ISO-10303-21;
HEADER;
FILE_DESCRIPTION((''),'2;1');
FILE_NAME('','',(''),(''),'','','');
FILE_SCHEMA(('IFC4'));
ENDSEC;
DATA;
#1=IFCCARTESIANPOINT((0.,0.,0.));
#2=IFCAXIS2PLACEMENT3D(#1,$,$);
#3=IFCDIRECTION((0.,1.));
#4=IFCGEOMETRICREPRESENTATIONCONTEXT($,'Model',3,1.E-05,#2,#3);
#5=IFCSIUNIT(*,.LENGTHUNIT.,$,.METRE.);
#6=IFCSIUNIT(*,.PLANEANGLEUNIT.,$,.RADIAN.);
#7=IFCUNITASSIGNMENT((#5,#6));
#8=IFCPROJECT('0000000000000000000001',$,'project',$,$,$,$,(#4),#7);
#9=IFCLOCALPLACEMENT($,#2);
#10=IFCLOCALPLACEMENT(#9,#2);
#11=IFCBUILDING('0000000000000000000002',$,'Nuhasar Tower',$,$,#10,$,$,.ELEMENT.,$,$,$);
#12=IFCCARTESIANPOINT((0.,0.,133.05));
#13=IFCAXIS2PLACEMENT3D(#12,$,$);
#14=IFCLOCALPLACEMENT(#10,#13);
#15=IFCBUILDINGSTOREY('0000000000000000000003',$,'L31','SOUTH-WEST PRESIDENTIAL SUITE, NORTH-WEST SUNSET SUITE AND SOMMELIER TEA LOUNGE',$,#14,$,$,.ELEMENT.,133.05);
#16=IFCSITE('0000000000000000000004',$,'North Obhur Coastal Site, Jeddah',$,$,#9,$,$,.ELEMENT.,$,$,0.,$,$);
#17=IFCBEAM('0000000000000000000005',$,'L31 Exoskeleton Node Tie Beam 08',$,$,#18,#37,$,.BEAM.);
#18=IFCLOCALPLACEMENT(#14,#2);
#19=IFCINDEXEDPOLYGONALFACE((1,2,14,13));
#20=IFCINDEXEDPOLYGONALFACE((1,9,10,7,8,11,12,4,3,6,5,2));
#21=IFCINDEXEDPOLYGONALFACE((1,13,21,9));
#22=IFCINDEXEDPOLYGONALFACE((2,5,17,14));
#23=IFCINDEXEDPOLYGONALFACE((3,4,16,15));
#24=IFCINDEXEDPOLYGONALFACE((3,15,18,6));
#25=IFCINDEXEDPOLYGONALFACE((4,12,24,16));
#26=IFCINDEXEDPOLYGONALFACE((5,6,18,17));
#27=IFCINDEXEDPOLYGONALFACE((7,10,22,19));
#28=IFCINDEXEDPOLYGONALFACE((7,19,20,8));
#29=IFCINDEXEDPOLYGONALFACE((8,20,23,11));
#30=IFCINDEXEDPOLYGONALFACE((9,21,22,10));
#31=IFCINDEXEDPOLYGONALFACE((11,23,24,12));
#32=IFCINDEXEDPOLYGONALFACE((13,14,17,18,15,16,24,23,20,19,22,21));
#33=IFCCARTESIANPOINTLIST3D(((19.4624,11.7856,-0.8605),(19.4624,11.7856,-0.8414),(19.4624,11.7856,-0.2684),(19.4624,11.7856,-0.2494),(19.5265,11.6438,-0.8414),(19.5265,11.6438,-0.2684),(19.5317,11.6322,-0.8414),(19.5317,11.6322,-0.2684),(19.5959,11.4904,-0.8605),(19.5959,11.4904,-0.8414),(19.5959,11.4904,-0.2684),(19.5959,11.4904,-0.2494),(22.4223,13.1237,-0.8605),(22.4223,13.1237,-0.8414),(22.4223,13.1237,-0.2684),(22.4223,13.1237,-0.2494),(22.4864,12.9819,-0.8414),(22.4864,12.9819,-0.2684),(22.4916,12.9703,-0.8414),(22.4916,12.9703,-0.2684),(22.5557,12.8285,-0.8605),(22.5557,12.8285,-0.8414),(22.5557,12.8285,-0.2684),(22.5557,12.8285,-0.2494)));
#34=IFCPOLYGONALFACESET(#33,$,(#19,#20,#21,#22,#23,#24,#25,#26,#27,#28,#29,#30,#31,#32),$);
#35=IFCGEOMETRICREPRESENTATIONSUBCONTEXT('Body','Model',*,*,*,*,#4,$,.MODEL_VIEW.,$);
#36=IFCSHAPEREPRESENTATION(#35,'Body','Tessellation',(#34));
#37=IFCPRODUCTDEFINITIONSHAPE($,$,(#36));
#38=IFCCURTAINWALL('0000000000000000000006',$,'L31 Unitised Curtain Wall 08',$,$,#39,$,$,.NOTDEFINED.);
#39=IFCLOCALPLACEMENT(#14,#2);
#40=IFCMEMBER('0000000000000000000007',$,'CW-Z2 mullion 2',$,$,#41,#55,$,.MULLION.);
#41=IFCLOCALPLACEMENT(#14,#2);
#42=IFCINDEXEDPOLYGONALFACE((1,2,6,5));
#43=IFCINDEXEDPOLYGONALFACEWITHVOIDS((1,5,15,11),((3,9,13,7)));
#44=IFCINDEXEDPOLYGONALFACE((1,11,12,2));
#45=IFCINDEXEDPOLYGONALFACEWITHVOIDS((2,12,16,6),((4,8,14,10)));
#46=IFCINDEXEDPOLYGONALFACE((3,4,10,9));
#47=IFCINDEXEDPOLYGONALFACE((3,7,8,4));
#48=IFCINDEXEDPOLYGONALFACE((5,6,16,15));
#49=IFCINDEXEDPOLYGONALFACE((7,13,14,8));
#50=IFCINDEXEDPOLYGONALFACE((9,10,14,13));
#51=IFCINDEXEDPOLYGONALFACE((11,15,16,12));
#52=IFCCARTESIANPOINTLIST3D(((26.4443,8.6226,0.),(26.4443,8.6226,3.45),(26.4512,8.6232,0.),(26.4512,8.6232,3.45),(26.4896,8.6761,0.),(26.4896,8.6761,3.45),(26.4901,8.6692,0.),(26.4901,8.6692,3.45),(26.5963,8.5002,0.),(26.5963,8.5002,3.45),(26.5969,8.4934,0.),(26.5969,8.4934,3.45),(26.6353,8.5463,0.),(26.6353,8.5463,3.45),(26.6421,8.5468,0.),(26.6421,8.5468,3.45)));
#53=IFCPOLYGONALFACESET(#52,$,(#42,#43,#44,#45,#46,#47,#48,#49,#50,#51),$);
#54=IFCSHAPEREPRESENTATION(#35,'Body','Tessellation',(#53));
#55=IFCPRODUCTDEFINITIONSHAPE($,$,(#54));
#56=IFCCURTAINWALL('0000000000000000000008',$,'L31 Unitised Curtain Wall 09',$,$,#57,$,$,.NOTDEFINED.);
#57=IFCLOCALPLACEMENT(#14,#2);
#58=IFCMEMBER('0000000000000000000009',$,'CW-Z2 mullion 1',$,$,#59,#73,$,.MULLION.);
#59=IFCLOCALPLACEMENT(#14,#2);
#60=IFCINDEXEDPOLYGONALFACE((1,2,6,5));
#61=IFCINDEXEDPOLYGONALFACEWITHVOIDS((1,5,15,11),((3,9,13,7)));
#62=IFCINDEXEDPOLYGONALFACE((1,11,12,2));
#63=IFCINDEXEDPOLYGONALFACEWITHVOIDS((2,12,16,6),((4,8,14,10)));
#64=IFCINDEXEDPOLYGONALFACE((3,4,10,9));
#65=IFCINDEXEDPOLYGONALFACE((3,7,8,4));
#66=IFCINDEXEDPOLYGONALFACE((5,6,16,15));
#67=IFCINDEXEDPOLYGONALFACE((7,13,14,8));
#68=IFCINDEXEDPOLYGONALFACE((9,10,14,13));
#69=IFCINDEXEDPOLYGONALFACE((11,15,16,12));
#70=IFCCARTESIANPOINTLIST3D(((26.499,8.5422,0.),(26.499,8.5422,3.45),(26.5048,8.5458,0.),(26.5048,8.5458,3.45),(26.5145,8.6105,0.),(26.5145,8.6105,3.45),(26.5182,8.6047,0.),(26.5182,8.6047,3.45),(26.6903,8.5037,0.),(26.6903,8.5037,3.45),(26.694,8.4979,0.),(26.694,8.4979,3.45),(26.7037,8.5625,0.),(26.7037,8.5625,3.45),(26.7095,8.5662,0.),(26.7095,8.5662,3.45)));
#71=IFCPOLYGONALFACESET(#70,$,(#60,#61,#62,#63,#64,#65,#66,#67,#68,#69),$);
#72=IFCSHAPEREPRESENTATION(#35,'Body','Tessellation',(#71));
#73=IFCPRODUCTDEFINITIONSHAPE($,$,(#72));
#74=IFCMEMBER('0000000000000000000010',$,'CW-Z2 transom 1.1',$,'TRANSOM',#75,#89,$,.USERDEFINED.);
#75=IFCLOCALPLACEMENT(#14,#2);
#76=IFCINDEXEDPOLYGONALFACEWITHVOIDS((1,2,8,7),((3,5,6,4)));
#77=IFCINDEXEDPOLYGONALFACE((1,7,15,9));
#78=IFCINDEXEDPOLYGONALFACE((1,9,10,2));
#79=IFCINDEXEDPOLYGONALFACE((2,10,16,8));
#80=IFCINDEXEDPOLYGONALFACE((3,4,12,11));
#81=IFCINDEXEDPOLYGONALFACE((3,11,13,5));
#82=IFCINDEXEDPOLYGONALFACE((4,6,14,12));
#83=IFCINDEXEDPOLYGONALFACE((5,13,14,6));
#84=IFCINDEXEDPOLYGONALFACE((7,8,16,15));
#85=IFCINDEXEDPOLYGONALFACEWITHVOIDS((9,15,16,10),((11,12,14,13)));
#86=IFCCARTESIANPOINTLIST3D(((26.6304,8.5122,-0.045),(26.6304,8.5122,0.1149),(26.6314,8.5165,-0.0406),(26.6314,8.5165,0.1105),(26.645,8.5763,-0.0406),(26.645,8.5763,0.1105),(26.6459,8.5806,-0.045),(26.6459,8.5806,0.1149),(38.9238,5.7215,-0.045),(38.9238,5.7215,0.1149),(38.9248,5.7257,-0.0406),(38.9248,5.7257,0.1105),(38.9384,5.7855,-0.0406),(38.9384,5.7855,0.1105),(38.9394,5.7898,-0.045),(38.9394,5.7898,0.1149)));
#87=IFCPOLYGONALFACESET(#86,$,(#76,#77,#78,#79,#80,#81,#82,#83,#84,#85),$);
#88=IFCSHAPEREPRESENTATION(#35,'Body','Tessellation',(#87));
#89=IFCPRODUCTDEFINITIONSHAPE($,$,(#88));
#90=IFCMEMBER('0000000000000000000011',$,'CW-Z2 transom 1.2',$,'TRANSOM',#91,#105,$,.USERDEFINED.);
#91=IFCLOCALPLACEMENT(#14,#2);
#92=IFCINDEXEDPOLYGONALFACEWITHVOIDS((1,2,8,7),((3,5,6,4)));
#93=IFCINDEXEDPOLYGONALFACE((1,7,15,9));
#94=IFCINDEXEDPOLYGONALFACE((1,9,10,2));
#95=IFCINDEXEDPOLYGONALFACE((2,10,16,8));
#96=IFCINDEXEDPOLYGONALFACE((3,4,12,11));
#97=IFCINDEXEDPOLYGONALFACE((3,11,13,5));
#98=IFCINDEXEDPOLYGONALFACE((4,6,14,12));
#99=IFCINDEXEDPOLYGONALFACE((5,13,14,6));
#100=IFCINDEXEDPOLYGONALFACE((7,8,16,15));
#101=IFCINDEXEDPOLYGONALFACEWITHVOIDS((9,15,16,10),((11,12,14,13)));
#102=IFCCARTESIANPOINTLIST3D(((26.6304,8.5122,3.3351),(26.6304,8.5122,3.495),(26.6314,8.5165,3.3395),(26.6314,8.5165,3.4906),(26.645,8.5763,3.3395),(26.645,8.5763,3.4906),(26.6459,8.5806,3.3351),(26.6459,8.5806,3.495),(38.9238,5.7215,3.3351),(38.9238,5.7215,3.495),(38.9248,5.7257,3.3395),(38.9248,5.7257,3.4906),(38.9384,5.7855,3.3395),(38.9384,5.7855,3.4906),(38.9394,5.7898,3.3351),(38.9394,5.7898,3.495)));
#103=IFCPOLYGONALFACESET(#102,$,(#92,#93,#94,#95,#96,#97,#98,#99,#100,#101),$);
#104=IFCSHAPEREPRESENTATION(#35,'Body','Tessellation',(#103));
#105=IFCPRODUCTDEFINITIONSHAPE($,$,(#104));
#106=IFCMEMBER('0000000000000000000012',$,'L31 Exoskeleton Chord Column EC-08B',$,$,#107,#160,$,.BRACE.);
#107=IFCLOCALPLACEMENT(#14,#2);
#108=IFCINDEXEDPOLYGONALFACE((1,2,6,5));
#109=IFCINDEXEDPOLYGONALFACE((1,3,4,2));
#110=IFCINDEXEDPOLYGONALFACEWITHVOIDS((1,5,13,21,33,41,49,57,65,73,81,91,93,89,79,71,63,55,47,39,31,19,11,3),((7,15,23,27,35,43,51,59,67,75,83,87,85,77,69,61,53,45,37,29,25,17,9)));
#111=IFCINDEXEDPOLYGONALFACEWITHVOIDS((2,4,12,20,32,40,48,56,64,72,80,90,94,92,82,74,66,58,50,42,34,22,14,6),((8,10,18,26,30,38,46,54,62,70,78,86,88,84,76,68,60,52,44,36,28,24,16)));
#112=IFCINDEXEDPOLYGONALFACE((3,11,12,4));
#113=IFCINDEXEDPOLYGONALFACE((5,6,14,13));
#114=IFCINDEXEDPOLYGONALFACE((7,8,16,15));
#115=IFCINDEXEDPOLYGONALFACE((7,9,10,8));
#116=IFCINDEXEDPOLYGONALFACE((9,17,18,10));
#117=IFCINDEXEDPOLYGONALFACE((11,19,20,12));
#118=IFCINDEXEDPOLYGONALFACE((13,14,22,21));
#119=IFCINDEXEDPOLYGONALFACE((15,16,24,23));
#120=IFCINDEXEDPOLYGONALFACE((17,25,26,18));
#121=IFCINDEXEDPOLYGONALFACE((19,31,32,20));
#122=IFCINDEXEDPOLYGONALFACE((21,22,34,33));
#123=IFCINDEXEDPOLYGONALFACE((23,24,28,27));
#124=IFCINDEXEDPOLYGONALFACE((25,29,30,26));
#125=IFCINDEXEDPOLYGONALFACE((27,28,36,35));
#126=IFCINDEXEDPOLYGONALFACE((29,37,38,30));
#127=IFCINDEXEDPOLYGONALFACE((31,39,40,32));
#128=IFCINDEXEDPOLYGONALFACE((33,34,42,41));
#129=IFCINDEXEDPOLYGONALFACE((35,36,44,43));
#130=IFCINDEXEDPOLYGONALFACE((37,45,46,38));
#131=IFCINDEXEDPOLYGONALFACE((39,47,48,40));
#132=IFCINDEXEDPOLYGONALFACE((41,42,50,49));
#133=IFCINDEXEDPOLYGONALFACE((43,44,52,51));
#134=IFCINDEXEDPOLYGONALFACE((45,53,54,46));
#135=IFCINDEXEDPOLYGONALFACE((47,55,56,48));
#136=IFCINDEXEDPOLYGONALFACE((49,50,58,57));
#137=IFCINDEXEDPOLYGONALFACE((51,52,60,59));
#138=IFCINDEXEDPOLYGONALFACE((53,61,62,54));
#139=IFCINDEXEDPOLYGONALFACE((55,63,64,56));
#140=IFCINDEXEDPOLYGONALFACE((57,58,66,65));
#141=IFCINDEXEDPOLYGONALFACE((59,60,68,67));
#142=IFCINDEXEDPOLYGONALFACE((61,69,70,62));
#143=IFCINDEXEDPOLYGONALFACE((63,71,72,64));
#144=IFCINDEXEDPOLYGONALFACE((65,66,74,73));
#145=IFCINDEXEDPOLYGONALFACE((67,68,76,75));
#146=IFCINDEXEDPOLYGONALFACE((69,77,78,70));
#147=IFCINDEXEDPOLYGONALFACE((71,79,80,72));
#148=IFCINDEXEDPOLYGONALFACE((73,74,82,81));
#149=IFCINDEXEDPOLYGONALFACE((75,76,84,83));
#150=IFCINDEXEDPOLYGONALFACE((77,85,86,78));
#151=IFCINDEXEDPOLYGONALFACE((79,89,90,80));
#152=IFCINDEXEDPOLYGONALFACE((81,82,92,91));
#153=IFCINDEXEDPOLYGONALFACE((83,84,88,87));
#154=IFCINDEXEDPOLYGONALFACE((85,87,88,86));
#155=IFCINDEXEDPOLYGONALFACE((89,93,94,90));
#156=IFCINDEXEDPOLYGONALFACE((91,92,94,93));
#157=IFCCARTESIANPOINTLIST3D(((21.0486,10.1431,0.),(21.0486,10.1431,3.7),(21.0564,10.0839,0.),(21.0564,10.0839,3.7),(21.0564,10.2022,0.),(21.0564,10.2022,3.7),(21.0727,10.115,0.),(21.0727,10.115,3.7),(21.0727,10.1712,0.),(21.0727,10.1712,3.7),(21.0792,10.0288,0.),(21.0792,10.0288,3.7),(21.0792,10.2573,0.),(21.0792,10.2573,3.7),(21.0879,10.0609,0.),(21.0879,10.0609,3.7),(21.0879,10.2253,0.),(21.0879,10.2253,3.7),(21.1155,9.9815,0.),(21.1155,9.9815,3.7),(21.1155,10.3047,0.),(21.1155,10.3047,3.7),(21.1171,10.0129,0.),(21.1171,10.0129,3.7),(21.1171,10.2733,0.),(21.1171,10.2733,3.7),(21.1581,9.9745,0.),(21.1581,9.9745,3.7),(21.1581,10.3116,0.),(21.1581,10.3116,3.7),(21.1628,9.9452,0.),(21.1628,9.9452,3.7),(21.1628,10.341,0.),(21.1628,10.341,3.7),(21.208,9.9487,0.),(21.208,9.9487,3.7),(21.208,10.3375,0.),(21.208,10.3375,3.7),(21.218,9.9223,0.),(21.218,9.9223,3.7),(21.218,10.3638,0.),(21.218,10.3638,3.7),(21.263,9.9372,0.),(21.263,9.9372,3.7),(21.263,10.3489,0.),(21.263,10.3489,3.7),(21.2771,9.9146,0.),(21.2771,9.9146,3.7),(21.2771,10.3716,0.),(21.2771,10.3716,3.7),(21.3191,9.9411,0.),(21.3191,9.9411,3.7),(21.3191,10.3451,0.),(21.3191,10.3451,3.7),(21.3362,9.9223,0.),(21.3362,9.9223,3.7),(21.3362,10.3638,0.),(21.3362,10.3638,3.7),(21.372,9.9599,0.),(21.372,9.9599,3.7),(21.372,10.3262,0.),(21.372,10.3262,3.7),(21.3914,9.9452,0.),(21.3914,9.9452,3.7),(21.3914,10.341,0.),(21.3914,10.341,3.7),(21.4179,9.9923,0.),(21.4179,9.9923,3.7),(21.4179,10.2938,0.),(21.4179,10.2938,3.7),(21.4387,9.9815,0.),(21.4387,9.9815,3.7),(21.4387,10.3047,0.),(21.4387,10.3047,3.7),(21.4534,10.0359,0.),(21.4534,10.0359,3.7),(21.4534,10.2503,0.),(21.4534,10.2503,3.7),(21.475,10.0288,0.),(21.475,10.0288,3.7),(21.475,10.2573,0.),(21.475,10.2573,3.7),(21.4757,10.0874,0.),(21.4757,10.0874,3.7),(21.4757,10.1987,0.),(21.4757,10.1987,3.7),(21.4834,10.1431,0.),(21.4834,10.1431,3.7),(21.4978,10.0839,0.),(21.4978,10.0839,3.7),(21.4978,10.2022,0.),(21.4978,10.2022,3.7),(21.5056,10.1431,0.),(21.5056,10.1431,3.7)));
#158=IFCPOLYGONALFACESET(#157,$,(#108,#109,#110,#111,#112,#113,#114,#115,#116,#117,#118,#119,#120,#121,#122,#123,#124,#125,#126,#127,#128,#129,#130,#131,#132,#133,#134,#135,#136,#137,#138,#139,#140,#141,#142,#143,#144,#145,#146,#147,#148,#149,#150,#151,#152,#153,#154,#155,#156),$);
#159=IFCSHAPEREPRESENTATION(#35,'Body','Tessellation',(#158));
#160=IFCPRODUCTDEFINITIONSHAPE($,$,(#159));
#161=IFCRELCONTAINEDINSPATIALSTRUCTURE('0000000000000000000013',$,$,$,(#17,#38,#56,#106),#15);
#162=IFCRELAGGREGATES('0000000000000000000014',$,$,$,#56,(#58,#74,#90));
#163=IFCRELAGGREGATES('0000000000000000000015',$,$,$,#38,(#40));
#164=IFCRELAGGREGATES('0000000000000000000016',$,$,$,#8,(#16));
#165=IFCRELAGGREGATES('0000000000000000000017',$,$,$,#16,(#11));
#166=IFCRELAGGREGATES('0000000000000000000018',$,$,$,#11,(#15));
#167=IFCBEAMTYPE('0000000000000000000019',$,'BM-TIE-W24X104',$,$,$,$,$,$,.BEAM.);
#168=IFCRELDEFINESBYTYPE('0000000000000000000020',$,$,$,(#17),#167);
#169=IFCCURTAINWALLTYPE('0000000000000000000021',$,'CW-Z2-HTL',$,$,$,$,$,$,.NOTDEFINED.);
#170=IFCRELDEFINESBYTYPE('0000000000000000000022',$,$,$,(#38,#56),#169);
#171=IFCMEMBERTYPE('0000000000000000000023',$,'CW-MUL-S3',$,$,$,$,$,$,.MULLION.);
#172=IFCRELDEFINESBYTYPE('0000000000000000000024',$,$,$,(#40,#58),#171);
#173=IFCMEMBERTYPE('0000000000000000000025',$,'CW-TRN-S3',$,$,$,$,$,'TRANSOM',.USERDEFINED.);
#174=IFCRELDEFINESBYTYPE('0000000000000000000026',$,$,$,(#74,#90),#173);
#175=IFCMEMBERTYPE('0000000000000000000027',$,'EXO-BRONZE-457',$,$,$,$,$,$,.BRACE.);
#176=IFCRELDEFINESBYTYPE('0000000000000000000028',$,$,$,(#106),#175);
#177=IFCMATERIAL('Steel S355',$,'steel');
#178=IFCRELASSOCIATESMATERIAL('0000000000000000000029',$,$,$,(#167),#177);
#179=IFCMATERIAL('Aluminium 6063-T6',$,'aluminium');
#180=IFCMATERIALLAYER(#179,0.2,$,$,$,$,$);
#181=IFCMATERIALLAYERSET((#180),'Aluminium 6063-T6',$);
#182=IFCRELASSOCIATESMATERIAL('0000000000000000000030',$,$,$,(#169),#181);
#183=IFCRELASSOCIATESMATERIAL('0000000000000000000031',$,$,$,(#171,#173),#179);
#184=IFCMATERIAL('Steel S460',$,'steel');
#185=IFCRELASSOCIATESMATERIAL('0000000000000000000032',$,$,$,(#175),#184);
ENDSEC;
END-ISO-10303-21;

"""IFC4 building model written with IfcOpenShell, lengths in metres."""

from ifc_helpers import new_model, si_unit, direction, frame, origin, origin_2d, place, context, subcontext, project, spatial, hollow_rectangle, hollow_circle, i_section, extrude, material, layer, layer_set, material_profile, profile_set, type_object, element, aggregate, save


model = new_model("IFC4")

# Units and contexts
model_context = context("Model", 3, precision=1e-05, world=origin(), true_north=direction((0.0, 1.0)))
body_context = subcontext(model_context, "Body", "Model", "MODEL_VIEW")
ifc_project = project(units=[si_unit("LENGTHUNIT", "METRE"), si_unit("PLANEANGLEUNIT", "RADIAN")], contexts=[model_context])

# Site, building, storey
site_placement = place(None, origin())
site = spatial("IfcSite", under=ifc_project, at=site_placement, Name="North Obhur Coastal Site, Jeddah", CompositionType="ELEMENT", RefElevation=0.0)
building_placement = place(site_placement, origin())
building = spatial("IfcBuilding", under=site, at=building_placement, Name="Nuhasar Tower", CompositionType="ELEMENT")
storey_placement = place(building_placement, frame((0.0, 0.0, 133.05)))
storey = spatial("IfcBuildingStorey", under=building, at=storey_placement, Name="L31", Description="SOUTH-WEST PRESIDENTIAL SUITE, NORTH-WEST SUNSET SUITE AND SOMMELIER TEA LOUNGE", CompositionType="ELEMENT", Elevation=133.05)

# Beam
ifc_material_1 = material(Name="Steel S355", Category="steel")
ifc_material_profile_1 = material_profile(ifc_material_1, i_section(OverallWidth=0.324, OverallDepth=0.6111, WebThickness=0.0127, FlangeThickness=0.019, at=origin_2d()), Name="W24X104")
ifc_profile_set_1 = profile_set([ifc_material_profile_1], Name="Steel S355")
beam_type_1 = type_object("IfcBeamType", Name="BM-TIE-W24X104", PredefinedType="BEAM", material=ifc_profile_set_1)
beam_1_placement = place(storey_placement, frame((22.489, 12.9761, -0.5549), z_axis=(-0.911211, -0.411939, 0.0), x_axis=(0.411939, -0.911211, 0.0)))
element("IfcBeam", 1, at=beam_1_placement, inside=storey, type_object=beam_type_1, Name="L31 Exoskeleton Node Tie Beam 08", PredefinedType="BEAM", context=body_context, shape_type="SweptSolid", body=[
    extrude(i_section(OverallWidth=0.324, OverallDepth=0.6111, WebThickness=0.0127, FlangeThickness=0.019, at=origin_2d()), origin(), (0.0, 0.0, 1.0), 3.2483),
])

# Curtain wall, member
ifc_material_2 = material(Name="Aluminium 6063-T6", Category="aluminium")
ifc_layer_1 = layer(ifc_material_2, 0.2)
ifc_layer_set_1 = layer_set([ifc_layer_1], Name="Aluminium 6063-T6")
curtain_wall_type = type_object("IfcCurtainWallType", Name="CW-Z2-HTL", PredefinedType="NOTDEFINED", material=ifc_layer_set_1)
curtain_wall_1_placement = place(storey_placement, origin())
curtain_wall_1 = element("IfcCurtainWall", 2, at=curtain_wall_1_placement, inside=storey, type_object=curtain_wall_type, Name="L31 Unitised Curtain Wall 08", PredefinedType="NOTDEFINED")
ifc_material_profile_2 = material_profile(ifc_material_2, hollow_rectangle(XDim=0.0701, YDim=0.2, WallThickness=0.0049, at=origin_2d()), Name="CWM-3")
ifc_profile_set_2 = profile_set([ifc_material_profile_2], Name="Aluminium 6063-T6")
member_type_1 = type_object("IfcMemberType", Name="CW-MUL-S3", PredefinedType="MULLION", material=ifc_profile_set_2)
member_1_placement = place(storey_placement, frame((26.5432, 8.5847, 0.0), z_axis=(0.0, 0.0, 1.0), x_axis=(0.646374, 0.76302, 0.0)))
member_1 = element("IfcMember", 3, at=member_1_placement, type_object=member_type_1, Name="CW-Z2 mullion 2", PredefinedType="MULLION", context=body_context, shape_type="SweptSolid", body=[
    extrude(hollow_rectangle(XDim=0.0701, YDim=0.2, WallThickness=0.0049, at=origin_2d()), origin(), (0.0, 0.0, 1.0), 3.45),
])

# Curtain wall, members
curtain_wall_2_placement = place(storey_placement, origin())
curtain_wall_2 = element("IfcCurtainWall", 4, at=curtain_wall_2_placement, inside=storey, type_object=curtain_wall_type, Name="L31 Unitised Curtain Wall 09", PredefinedType="NOTDEFINED")
member_2_placement = place(storey_placement, frame((26.6042, 8.5542, 0.0), z_axis=(0.0, 0.0, 1.0), x_axis=(0.221397, 0.975184, 0.0)))
member_2 = element("IfcMember", 5, at=member_2_placement, type_object=member_type_1, Name="CW-Z2 mullion 1", PredefinedType="MULLION", context=body_context, shape_type="SweptSolid", body=[
    extrude(hollow_rectangle(XDim=0.0701, YDim=0.2, WallThickness=0.0049, at=origin_2d()), origin(), (0.0, 0.0, 1.0), 3.45),
])
ifc_material_profile_3 = material_profile(ifc_material_2, hollow_rectangle(XDim=0.0701, YDim=0.1599, WallThickness=0.0044, at=origin_2d()), Name="CWT-3")
ifc_profile_set_3 = profile_set([ifc_material_profile_3], Name="Aluminium 6063-T6")
member_type_2 = type_object("IfcMemberType", Name="CW-TRN-S3", ElementType="TRANSOM", PredefinedType="USERDEFINED", material=ifc_profile_set_3)
member_3_placement = place(storey_placement, frame((26.6382, 8.5464, 0.0349), z_axis=(0.975188, -0.22138, 0.0), x_axis=(0.22138, 0.975188, 0.0)))
member_3 = element("IfcMember", 6, at=member_3_placement, type_object=member_type_2, Name="CW-Z2 transom 1.1", ObjectType="TRANSOM", PredefinedType="USERDEFINED", context=body_context, shape_type="SweptSolid", body=[
    extrude(hollow_rectangle(XDim=0.0701, YDim=0.1599, WallThickness=0.0044, at=origin_2d()), origin(), (0.0, 0.0, 1.0), 12.6062),
])
member_4_placement = place(storey_placement, frame((26.6382, 8.5464, 3.415), z_axis=(0.975188, -0.22138, 0.0), x_axis=(0.22138, 0.975188, 0.0)))
member_4 = element("IfcMember", 7, at=member_4_placement, type_object=member_type_2, Name="CW-Z2 transom 1.2", ObjectType="TRANSOM", PredefinedType="USERDEFINED", context=body_context, shape_type="SweptSolid", body=[
    extrude(hollow_rectangle(XDim=0.0701, YDim=0.1599, WallThickness=0.0044, at=origin_2d()), origin(), (0.0, 0.0, 1.0), 12.6062),
])
aggregate(curtain_wall_2, [member_2, member_3, member_4])

# Member
ifc_material_3 = material(Name="Steel S460", Category="steel")
ifc_material_profile_4 = material_profile(ifc_material_3, hollow_circle(Radius=0.2285, WallThickness=0.0222, at=origin_2d()), Name="HSS457X22.2")
ifc_profile_set_4 = profile_set([ifc_material_profile_4], Name="Steel S460")
member_type_3 = type_object("IfcMemberType", Name="EXO-BRONZE-457", PredefinedType="BRACE", material=ifc_profile_set_4)
member_5_placement = place(storey_placement, frame((21.2771, 10.1431, 0.0), z_axis=(0.0, 0.0, 1.0), x_axis=(1.0, 0.0, 0.0)))
element("IfcMember", 8, at=member_5_placement, inside=storey, type_object=member_type_3, Name="L31 Exoskeleton Chord Column EC-08B", PredefinedType="BRACE", context=body_context, shape_type="SweptSolid", body=[
    extrude(hollow_circle(Radius=0.2285, WallThickness=0.0222, at=origin_2d()), origin(), (0.0, 0.0, 1.0), 3.7),
])

aggregate(curtain_wall_1, [member_1])

save(model, "model.ifc")
